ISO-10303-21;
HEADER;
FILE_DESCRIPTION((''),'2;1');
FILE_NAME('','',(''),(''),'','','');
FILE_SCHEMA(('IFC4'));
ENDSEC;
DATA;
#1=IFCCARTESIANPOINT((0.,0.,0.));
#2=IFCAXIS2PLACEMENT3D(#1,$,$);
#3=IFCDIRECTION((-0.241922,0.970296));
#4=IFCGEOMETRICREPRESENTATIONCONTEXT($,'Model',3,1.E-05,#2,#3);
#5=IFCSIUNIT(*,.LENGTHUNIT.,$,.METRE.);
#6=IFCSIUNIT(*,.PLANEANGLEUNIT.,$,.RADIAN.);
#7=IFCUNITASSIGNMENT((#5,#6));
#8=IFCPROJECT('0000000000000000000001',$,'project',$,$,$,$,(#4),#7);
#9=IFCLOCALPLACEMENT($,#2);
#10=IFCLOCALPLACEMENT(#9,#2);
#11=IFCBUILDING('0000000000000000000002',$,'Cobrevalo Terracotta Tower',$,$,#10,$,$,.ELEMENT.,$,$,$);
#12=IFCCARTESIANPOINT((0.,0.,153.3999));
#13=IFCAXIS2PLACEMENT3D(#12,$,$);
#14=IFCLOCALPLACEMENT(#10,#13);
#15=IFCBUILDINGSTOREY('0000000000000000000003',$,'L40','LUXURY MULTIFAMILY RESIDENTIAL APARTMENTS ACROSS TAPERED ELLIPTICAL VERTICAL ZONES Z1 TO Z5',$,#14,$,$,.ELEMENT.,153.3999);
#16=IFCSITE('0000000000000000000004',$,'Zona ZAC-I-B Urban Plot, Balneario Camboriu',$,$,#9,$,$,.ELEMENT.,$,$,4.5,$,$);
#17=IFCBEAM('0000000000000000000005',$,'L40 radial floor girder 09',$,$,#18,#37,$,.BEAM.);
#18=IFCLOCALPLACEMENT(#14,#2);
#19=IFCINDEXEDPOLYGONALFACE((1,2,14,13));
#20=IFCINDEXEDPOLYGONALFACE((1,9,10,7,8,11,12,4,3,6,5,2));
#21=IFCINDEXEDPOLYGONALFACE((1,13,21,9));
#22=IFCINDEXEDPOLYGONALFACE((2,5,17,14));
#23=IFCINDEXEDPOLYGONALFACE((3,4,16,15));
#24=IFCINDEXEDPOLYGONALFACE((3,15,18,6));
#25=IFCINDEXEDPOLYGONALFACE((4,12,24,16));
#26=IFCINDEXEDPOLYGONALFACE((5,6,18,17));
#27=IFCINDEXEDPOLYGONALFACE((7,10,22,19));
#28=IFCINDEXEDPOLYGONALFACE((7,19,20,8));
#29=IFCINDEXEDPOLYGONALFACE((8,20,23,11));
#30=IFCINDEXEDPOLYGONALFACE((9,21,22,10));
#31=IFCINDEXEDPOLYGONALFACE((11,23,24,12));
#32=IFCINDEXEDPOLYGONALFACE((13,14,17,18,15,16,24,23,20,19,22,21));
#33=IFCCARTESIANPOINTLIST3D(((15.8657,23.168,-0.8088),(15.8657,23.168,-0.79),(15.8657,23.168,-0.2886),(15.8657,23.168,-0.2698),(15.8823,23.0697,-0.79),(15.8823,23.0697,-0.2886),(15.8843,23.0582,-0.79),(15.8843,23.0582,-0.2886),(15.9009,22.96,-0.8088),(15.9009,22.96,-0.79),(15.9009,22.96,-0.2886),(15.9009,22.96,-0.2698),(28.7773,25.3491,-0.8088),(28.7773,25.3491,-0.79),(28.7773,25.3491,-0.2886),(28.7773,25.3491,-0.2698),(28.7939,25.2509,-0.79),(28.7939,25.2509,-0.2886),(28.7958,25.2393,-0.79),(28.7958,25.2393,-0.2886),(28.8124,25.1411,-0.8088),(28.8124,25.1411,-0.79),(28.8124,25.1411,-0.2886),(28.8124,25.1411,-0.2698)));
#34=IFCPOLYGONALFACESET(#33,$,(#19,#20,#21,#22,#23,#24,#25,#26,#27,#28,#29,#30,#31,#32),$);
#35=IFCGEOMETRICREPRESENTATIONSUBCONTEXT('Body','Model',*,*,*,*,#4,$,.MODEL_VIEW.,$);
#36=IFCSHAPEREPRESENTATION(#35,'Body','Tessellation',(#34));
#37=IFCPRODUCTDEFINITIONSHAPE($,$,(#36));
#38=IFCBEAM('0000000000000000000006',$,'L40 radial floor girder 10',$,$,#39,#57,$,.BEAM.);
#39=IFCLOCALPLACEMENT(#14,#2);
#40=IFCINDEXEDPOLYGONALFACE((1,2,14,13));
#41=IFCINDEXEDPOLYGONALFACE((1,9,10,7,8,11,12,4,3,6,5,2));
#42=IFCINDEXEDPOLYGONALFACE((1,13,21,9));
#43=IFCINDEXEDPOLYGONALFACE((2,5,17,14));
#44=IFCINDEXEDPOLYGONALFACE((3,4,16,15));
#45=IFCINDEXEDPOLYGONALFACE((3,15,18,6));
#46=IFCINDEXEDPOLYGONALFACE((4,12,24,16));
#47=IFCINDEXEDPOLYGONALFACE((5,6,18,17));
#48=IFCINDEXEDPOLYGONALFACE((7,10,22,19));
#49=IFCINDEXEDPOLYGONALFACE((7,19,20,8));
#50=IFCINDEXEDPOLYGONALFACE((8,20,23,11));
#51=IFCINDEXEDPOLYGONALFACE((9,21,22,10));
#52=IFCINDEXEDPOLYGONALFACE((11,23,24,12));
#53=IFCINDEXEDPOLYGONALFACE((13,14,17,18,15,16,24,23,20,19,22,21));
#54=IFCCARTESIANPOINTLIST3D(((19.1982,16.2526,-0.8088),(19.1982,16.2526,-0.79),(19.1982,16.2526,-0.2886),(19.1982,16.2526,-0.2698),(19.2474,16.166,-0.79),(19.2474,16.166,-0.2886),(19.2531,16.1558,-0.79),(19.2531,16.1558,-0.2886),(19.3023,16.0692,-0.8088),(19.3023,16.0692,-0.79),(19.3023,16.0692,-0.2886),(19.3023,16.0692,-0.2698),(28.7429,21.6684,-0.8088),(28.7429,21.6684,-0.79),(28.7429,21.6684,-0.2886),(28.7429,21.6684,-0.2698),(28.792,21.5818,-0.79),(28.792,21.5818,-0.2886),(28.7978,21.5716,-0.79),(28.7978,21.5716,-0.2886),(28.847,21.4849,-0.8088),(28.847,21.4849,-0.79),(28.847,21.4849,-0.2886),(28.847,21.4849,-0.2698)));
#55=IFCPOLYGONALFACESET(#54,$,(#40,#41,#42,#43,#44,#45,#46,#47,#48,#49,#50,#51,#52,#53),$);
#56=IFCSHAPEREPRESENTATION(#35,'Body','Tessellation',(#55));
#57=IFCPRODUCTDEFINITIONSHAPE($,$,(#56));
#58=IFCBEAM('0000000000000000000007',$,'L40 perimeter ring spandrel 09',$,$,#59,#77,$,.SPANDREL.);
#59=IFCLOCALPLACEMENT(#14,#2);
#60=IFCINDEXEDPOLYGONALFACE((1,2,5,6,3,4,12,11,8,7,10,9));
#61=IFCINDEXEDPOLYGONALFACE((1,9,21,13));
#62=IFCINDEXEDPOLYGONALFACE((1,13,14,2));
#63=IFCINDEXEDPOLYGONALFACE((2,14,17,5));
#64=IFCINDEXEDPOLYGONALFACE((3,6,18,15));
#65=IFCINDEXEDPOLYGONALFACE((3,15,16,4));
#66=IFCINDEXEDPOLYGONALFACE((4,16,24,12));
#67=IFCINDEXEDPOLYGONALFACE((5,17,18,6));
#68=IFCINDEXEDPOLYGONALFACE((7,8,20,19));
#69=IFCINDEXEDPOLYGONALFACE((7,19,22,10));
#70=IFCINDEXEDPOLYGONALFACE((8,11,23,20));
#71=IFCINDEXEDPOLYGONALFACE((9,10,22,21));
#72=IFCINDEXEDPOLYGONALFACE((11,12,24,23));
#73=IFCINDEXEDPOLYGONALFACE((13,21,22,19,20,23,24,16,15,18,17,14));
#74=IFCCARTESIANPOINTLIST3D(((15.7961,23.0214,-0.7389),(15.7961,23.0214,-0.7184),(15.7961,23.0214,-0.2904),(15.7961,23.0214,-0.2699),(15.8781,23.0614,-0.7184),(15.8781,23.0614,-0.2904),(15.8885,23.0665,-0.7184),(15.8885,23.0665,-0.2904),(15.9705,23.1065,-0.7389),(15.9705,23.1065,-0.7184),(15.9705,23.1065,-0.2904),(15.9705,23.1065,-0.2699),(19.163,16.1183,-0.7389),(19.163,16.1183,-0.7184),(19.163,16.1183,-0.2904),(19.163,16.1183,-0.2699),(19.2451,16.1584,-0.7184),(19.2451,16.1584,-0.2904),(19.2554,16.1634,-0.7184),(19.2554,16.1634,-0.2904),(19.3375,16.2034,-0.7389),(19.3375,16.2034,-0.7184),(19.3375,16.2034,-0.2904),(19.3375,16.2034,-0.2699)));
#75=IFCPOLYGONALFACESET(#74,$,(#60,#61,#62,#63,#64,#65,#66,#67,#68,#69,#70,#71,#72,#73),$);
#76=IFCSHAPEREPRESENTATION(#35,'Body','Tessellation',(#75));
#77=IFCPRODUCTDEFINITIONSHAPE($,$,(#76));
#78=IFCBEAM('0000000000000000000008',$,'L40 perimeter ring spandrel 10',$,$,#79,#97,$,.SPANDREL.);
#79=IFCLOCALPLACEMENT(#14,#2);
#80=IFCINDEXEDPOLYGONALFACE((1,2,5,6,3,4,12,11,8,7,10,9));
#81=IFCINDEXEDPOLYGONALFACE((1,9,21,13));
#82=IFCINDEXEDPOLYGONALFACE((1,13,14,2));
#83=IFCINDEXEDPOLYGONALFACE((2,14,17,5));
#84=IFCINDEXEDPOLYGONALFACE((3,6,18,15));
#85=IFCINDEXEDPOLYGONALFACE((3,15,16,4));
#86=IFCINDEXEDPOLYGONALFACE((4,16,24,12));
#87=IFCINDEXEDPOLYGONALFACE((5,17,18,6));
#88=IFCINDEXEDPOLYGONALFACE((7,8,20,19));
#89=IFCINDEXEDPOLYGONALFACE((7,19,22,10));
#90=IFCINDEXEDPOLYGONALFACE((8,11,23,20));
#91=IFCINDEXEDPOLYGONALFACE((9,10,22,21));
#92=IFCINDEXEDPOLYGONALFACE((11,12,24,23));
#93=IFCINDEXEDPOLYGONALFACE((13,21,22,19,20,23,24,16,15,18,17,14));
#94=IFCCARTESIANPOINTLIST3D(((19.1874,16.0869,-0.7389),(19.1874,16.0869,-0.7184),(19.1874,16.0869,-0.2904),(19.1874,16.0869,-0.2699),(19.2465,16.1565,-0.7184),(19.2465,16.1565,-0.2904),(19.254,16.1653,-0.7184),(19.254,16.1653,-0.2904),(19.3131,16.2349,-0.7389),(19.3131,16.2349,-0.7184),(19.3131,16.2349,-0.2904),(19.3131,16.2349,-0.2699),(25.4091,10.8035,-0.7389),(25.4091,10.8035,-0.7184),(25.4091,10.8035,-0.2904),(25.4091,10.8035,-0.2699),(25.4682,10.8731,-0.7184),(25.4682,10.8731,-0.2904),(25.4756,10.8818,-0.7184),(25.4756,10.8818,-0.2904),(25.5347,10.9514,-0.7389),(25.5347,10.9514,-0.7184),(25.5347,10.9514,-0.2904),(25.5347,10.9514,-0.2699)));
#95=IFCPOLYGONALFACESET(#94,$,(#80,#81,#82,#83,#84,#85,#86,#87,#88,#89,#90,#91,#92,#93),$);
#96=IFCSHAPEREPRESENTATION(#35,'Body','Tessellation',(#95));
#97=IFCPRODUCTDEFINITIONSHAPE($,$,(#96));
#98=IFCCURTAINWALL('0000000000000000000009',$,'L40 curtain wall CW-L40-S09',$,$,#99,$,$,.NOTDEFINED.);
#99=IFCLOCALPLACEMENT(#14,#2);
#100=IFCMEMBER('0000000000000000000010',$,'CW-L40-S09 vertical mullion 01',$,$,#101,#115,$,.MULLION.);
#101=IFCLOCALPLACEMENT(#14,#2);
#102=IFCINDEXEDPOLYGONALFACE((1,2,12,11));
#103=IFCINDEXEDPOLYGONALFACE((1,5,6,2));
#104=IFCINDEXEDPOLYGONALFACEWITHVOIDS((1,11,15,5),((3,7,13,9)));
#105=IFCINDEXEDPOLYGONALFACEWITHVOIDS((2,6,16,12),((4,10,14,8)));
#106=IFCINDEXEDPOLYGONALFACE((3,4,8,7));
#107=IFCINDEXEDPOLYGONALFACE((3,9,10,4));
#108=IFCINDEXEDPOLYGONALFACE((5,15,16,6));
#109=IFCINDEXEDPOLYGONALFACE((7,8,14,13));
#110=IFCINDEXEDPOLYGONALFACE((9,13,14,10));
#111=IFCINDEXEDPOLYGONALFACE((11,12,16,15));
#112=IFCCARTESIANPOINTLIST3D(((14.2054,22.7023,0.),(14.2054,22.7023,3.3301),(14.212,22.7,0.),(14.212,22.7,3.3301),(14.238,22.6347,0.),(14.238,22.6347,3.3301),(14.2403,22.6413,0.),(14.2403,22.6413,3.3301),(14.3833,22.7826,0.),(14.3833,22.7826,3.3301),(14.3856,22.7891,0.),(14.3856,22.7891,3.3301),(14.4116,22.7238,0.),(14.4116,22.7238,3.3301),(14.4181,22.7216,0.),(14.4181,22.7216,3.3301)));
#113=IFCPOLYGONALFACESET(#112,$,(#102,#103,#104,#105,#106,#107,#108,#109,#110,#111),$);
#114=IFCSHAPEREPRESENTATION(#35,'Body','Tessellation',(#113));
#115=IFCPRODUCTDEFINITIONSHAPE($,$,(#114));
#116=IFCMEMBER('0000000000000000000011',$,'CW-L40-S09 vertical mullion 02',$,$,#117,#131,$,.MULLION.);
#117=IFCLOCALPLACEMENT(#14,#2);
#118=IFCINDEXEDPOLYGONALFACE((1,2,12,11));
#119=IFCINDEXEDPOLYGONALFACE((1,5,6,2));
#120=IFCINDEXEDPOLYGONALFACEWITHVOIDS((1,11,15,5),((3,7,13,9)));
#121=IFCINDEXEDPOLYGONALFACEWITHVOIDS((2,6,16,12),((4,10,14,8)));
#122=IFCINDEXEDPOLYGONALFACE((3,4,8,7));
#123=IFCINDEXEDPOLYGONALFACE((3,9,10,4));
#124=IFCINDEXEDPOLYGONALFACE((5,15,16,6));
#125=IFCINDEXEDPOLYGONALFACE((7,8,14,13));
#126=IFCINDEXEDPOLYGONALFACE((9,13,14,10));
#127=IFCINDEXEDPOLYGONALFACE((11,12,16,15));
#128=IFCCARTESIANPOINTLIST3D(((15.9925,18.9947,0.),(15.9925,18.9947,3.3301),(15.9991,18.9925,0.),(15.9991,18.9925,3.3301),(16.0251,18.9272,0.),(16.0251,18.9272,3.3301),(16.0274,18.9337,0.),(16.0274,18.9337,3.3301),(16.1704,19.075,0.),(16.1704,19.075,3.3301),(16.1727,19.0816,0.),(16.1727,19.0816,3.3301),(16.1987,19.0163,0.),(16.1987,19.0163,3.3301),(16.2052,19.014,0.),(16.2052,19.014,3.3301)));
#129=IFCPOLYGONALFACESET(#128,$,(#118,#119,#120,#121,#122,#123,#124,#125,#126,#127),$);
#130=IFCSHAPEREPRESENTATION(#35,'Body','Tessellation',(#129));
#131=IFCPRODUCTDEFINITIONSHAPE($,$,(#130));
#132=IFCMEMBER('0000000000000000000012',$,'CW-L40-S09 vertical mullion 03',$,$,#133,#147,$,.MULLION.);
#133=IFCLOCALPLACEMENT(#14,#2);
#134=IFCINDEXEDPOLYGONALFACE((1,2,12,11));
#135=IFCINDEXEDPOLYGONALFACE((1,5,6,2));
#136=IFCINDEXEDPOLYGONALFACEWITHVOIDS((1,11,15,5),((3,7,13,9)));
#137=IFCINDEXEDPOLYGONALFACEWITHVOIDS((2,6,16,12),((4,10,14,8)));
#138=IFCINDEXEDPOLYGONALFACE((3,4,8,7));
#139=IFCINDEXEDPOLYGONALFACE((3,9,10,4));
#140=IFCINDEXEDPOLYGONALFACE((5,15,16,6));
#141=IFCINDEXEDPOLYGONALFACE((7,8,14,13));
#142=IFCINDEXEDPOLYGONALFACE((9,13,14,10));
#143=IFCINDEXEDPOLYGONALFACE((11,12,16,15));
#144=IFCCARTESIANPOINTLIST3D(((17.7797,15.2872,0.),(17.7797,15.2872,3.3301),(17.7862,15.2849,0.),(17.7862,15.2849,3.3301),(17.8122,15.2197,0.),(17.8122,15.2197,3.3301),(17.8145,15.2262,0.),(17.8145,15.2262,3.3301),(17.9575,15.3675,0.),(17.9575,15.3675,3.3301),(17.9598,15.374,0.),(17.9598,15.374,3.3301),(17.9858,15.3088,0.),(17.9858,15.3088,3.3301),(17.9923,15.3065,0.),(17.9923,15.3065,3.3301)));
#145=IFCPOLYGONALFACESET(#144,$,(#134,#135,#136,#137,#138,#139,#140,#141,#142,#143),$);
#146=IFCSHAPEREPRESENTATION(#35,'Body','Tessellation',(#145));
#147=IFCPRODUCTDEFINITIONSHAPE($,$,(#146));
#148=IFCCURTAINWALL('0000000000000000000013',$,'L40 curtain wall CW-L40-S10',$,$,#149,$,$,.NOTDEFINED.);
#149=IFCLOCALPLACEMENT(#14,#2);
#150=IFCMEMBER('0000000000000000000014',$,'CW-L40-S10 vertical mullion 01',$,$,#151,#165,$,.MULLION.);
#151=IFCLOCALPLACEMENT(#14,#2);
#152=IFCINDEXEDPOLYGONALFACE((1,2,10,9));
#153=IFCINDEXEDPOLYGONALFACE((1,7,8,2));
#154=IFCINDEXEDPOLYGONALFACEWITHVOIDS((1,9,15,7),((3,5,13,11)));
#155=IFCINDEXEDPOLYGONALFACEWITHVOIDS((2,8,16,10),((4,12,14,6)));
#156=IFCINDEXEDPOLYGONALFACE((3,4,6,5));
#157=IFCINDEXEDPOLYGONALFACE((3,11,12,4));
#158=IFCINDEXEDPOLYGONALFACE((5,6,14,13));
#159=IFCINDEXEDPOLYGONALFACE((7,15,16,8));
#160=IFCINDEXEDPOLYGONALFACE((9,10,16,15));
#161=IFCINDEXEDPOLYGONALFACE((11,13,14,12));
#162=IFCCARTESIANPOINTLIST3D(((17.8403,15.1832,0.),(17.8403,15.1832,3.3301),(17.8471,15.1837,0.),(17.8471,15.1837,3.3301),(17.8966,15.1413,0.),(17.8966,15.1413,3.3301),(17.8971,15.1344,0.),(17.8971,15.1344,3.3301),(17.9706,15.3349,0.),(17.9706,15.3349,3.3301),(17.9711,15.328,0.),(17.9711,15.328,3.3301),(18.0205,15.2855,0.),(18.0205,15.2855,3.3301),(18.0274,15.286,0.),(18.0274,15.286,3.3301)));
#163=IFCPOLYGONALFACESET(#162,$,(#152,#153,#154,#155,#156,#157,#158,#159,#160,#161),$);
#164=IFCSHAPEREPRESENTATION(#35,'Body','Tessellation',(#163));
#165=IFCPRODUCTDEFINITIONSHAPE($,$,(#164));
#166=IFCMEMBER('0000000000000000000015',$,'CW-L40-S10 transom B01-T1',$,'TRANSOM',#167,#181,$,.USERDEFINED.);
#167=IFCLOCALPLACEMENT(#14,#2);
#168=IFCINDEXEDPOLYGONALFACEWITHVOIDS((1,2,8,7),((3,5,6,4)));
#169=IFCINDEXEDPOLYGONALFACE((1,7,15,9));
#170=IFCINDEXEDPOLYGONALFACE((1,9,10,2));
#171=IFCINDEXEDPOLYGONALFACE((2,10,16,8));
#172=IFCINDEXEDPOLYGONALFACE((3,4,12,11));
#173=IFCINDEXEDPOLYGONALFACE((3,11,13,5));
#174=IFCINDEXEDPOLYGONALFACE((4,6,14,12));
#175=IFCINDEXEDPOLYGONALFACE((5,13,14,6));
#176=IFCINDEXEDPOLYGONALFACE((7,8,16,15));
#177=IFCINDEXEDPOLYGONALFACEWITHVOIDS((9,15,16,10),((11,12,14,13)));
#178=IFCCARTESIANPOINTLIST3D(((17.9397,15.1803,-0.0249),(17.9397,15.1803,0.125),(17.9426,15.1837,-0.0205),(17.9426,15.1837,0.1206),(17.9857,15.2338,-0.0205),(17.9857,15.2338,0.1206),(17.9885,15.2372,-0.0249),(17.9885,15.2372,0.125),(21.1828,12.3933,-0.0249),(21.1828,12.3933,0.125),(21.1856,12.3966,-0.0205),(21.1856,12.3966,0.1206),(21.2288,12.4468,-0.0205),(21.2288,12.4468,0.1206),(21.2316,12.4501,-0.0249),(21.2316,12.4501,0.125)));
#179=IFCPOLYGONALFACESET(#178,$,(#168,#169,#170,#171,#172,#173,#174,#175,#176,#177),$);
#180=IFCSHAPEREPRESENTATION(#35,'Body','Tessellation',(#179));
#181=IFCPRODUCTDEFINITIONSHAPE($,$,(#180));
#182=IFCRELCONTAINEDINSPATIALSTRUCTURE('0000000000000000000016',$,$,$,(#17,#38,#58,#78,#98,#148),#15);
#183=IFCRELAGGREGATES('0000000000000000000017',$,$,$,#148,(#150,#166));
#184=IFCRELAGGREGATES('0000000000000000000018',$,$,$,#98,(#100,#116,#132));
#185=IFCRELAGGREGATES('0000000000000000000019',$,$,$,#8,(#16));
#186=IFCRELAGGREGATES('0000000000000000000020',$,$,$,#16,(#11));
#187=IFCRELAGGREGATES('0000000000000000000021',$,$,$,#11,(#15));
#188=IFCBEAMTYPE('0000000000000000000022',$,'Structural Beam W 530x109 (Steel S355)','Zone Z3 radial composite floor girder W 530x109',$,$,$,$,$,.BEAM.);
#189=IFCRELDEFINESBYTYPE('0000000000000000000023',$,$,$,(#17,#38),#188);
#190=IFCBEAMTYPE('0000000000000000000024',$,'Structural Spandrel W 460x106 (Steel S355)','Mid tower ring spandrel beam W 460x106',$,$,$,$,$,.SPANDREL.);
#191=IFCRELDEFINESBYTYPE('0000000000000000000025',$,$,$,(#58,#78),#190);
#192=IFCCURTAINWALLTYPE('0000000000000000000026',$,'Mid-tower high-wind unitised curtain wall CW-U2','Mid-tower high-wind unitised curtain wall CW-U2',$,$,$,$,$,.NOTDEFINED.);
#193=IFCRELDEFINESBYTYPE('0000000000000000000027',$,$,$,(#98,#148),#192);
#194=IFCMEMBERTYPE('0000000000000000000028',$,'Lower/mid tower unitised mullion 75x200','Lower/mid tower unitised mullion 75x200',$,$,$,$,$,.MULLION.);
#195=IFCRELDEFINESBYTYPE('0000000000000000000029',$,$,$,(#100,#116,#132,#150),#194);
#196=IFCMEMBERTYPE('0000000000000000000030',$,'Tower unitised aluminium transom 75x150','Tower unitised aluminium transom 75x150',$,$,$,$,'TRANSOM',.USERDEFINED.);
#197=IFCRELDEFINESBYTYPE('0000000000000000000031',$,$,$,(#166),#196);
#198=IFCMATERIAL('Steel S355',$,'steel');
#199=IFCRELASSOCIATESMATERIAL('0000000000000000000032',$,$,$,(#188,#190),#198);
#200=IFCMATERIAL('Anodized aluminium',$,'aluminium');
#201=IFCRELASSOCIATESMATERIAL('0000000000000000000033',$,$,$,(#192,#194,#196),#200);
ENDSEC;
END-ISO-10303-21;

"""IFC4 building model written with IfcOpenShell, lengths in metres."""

from ifc_helpers import new_model, si_unit, direction, frame, origin, origin_2d, place, context, subcontext, project, spatial, hollow_rectangle, i_section, extrude, source, transform, mapped, material, material_profile, profile_set, type_object, element, aggregate, save


model = new_model("IFC4")

# Units and contexts
model_context = context("Model", 3, precision=1e-05, world=origin(), true_north=direction((-0.241922, 0.970296)))
body_context = subcontext(model_context, "Body", "Model", "MODEL_VIEW")
ifc_project = project(units=[si_unit("LENGTHUNIT", "METRE"), si_unit("PLANEANGLEUNIT", "RADIAN")], contexts=[model_context])

# Site, building, storey
site_placement = place(None, origin())
site = spatial("IfcSite", under=ifc_project, at=site_placement, Name="Zona ZAC-I-B Urban Plot, Balneario Camboriu", CompositionType="ELEMENT", RefElevation=4.5)
building_placement = place(site_placement, origin())
building = spatial("IfcBuilding", under=site, at=building_placement, Name="Cobrevalo Terracotta Tower", CompositionType="ELEMENT")
storey_placement = place(building_placement, frame((0.0, 0.0, 153.3999)))
storey = spatial("IfcBuildingStorey", under=building, at=storey_placement, Name="L40", Description="LUXURY MULTIFAMILY RESIDENTIAL APARTMENTS ACROSS TAPERED ELLIPTICAL VERTICAL ZONES Z1 TO Z5", CompositionType="ELEMENT", Elevation=153.3999)

# Shared definitions
ifc_material_1 = material(Name="Steel S355", Category="steel")

# Beams
ifc_material_profile_1 = material_profile(ifc_material_1, i_section(OverallWidth=0.2109, OverallDepth=0.5391, WebThickness=0.0117, FlangeThickness=0.0188, at=origin_2d()), Name="W 530x109")
ifc_profile_set_1 = profile_set([ifc_material_profile_1], Name="Steel S355")
beam_type_1 = type_object("IfcBeamType", Name="Structural Beam W 530x109 (Steel S355)", Description="Zone Z3 radial composite floor girder W 530x109", PredefinedType="BEAM", material=ifc_profile_set_1)
beam_1_placement = place(storey_placement, frame((15.8833, 23.064, -0.5393), z_axis=(0.98603, 0.166569, 0.0), x_axis=(-0.166569, 0.98603, 0.0)))
element("IfcBeam", 1, at=beam_1_placement, inside=storey, type_object=beam_type_1, Name="L40 radial floor girder 09", PredefinedType="BEAM", context=body_context, shape_type="SweptSolid", body=[
    extrude(i_section(OverallWidth=0.2109, OverallDepth=0.5391, WebThickness=0.0117, FlangeThickness=0.0188, at=origin_2d()), origin(), (0.0, 0.0, 1.0), 13.0945),
])
beam_2_placement = place(storey_placement, frame((19.2502, 16.1609, -0.5393), z_axis=(0.869744, 0.493504, 0.0), x_axis=(-0.493504, 0.869744, 0.0)))
element("IfcBeam", 2, at=beam_2_placement, inside=storey, type_object=beam_type_1, Name="L40 radial floor girder 10", PredefinedType="BEAM", context=body_context, shape_type="SweptSolid", body=[
    extrude(i_section(OverallWidth=0.2109, OverallDepth=0.5391, WebThickness=0.0117, FlangeThickness=0.0188, at=origin_2d()), origin(), (0.0, 0.0, 1.0), 10.9741),
])
ifc_material_profile_2 = material_profile(ifc_material_1, i_section(OverallWidth=0.1941, OverallDepth=0.469, WebThickness=0.0115, FlangeThickness=0.0205, at=origin_2d()), Name="W 460x106")
ifc_profile_set_2 = profile_set([ifc_material_profile_2], Name="Steel S355")
beam_type_2 = type_object("IfcBeamType", Name="Structural Spandrel W 460x106 (Steel S355)", Description="Mid tower ring spandrel beam W 460x106", PredefinedType="SPANDREL", material=ifc_profile_set_2)
beam_3_placement = place(storey_placement, frame((15.8833, 23.064, -0.5044), z_axis=(0.43838, -0.89879, 0.0), x_axis=(0.89879, 0.43838, 0.0)))
element("IfcBeam", 3, at=beam_3_placement, inside=storey, type_object=beam_type_2, Name="L40 perimeter ring spandrel 09", PredefinedType="SPANDREL", context=body_context, shape_type="SweptSolid", body=[
    extrude(i_section(OverallWidth=0.1941, OverallDepth=0.469, WebThickness=0.0115, FlangeThickness=0.0205, at=origin_2d()), origin(), (0.0, 0.0, 1.0), 7.6804),
])
beam_4_placement = place(storey_placement, frame((19.2502, 16.1609, -0.5044), z_axis=(0.76224, -0.647294, 0.0), x_axis=(0.647294, 0.76224, 0.0)))
element("IfcBeam", 4, at=beam_4_placement, inside=storey, type_object=beam_type_2, Name="L40 perimeter ring spandrel 10", PredefinedType="SPANDREL", context=body_context, shape_type="SweptSolid", body=[
    extrude(i_section(OverallWidth=0.1941, OverallDepth=0.469, WebThickness=0.0115, FlangeThickness=0.0205, at=origin_2d()), origin(), (0.0, 0.0, 1.0), 8.1624),
])

# Curtain walls, members
ifc_material_2 = material(Name="Anodized aluminium", Category="aluminium")
curtain_wall_type = type_object("IfcCurtainWallType", Name="Mid-tower high-wind unitised curtain wall CW-U2", Description="Mid-tower high-wind unitised curtain wall CW-U2", PredefinedType="NOTDEFINED", material=ifc_material_2)
curtain_wall_1_placement = place(storey_placement, origin())
curtain_wall_1 = element("IfcCurtainWall", 5, at=curtain_wall_1_placement, inside=storey, type_object=curtain_wall_type, Name="L40 curtain wall CW-L40-S09", PredefinedType="NOTDEFINED")
ifc_material_profile_3 = material_profile(ifc_material_2, hollow_rectangle(XDim=0.075, YDim=0.2, WallThickness=0.0049, at=origin_2d()), Name="CWM 75x200")
ifc_profile_set_3 = profile_set([ifc_material_profile_3], Name="Anodized aluminium")
member_type_1 = type_object("IfcMemberType", Name="Lower/mid tower unitised mullion 75x200", Description="Lower/mid tower unitised mullion 75x200", PredefinedType="MULLION", material=ifc_profile_set_3)
shared_shape_1 = source(origin(), body_context, "Body", "SweptSolid", [
    extrude(hollow_rectangle(XDim=0.075, YDim=0.2, WallThickness=0.0049, at=origin_2d()), origin(), (0.0, 0.0, 1.0), 3.3301),
])
member_1_placement = place(storey_placement, frame((14.3118, 22.7119, 0.0), z_axis=(0.0, 0.0, 1.0), x_axis=(0.434209, -0.900812, 0.0)))
member_1 = element("IfcMember", 6, at=member_1_placement, type_object=member_type_1, Name="CW-L40-S09 vertical mullion 01", PredefinedType="MULLION", context=body_context, shape_type="MappedRepresentation", body=[
    mapped(shared_shape_1, transform((0.0, 0.0, 0.0), scale=1.0)),
])
member_2_placement = place(storey_placement, frame((16.0989, 19.0044, 0.0), z_axis=(0.0, 0.0, 1.0), x_axis=(0.434209, -0.900812, 0.0)))
member_2 = element("IfcMember", 7, at=member_2_placement, type_object=member_type_1, Name="CW-L40-S09 vertical mullion 02", PredefinedType="MULLION", context=body_context, shape_type="MappedRepresentation", body=[
    mapped(shared_shape_1, transform((0.0, 0.0, 0.0), scale=1.0)),
])
member_3_placement = place(storey_placement, frame((17.886, 15.2969, 0.0), z_axis=(0.0, 0.0, 1.0), x_axis=(0.434209, -0.900812, 0.0)))
member_3 = element("IfcMember", 8, at=member_3_placement, type_object=member_type_1, Name="CW-L40-S09 vertical mullion 03", PredefinedType="MULLION", context=body_context, shape_type="MappedRepresentation", body=[
    mapped(shared_shape_1, transform((0.0, 0.0, 0.0), scale=1.0)),
])
curtain_wall_2_placement = place(storey_placement, origin())
curtain_wall_2 = element("IfcCurtainWall", 9, at=curtain_wall_2_placement, inside=storey, type_object=curtain_wall_type, Name="L40 curtain wall CW-L40-S10", PredefinedType="NOTDEFINED")
member_4_placement = place(storey_placement, frame((17.9338, 15.2346, 0.0), z_axis=(0.0, 0.0, 1.0), x_axis=(0.758442, -0.651741, 0.0)))
member_4 = element("IfcMember", 10, at=member_4_placement, type_object=member_type_1, Name="CW-L40-S10 vertical mullion 01", PredefinedType="MULLION", context=body_context, shape_type="MappedRepresentation", body=[
    mapped(shared_shape_1, transform((0.0, 0.0, 0.0), scale=1.0)),
])
ifc_material_profile_4 = material_profile(ifc_material_2, hollow_rectangle(XDim=0.075, YDim=0.1499, WallThickness=0.0044, at=origin_2d()), Name="CWT 75x150")
ifc_profile_set_4 = profile_set([ifc_material_profile_4], Name="Anodized aluminium")
member_type_2 = type_object("IfcMemberType", Name="Tower unitised aluminium transom 75x150", Description="Tower unitised aluminium transom 75x150", ElementType="TRANSOM", PredefinedType="USERDEFINED", material=ifc_profile_set_4)
shared_shape_2 = source(origin(), body_context, "Body", "SweptSolid", [
    extrude(hollow_rectangle(XDim=0.075, YDim=0.1499, WallThickness=0.0044, at=origin_2d()), origin(), (0.0, 0.0, 1.0), 4.2761),
])
member_5_placement = place(storey_placement, frame((17.9641, 15.2087, 0.05), z_axis=(0.758418, -0.651769, 0.0), x_axis=(0.651769, 0.758418, 0.0)))
member_5 = element("IfcMember", 11, at=member_5_placement, type_object=member_type_2, Name="CW-L40-S10 transom B01-T1", ObjectType="TRANSOM", PredefinedType="USERDEFINED", context=body_context, shape_type="MappedRepresentation", body=[
    mapped(shared_shape_2, transform((0.0, 0.0, 0.0), scale=1.0)),
])
aggregate(curtain_wall_2, [member_4, member_5])

aggregate(curtain_wall_1, [member_1, member_2, member_3])

save(model, "model.ifc")
